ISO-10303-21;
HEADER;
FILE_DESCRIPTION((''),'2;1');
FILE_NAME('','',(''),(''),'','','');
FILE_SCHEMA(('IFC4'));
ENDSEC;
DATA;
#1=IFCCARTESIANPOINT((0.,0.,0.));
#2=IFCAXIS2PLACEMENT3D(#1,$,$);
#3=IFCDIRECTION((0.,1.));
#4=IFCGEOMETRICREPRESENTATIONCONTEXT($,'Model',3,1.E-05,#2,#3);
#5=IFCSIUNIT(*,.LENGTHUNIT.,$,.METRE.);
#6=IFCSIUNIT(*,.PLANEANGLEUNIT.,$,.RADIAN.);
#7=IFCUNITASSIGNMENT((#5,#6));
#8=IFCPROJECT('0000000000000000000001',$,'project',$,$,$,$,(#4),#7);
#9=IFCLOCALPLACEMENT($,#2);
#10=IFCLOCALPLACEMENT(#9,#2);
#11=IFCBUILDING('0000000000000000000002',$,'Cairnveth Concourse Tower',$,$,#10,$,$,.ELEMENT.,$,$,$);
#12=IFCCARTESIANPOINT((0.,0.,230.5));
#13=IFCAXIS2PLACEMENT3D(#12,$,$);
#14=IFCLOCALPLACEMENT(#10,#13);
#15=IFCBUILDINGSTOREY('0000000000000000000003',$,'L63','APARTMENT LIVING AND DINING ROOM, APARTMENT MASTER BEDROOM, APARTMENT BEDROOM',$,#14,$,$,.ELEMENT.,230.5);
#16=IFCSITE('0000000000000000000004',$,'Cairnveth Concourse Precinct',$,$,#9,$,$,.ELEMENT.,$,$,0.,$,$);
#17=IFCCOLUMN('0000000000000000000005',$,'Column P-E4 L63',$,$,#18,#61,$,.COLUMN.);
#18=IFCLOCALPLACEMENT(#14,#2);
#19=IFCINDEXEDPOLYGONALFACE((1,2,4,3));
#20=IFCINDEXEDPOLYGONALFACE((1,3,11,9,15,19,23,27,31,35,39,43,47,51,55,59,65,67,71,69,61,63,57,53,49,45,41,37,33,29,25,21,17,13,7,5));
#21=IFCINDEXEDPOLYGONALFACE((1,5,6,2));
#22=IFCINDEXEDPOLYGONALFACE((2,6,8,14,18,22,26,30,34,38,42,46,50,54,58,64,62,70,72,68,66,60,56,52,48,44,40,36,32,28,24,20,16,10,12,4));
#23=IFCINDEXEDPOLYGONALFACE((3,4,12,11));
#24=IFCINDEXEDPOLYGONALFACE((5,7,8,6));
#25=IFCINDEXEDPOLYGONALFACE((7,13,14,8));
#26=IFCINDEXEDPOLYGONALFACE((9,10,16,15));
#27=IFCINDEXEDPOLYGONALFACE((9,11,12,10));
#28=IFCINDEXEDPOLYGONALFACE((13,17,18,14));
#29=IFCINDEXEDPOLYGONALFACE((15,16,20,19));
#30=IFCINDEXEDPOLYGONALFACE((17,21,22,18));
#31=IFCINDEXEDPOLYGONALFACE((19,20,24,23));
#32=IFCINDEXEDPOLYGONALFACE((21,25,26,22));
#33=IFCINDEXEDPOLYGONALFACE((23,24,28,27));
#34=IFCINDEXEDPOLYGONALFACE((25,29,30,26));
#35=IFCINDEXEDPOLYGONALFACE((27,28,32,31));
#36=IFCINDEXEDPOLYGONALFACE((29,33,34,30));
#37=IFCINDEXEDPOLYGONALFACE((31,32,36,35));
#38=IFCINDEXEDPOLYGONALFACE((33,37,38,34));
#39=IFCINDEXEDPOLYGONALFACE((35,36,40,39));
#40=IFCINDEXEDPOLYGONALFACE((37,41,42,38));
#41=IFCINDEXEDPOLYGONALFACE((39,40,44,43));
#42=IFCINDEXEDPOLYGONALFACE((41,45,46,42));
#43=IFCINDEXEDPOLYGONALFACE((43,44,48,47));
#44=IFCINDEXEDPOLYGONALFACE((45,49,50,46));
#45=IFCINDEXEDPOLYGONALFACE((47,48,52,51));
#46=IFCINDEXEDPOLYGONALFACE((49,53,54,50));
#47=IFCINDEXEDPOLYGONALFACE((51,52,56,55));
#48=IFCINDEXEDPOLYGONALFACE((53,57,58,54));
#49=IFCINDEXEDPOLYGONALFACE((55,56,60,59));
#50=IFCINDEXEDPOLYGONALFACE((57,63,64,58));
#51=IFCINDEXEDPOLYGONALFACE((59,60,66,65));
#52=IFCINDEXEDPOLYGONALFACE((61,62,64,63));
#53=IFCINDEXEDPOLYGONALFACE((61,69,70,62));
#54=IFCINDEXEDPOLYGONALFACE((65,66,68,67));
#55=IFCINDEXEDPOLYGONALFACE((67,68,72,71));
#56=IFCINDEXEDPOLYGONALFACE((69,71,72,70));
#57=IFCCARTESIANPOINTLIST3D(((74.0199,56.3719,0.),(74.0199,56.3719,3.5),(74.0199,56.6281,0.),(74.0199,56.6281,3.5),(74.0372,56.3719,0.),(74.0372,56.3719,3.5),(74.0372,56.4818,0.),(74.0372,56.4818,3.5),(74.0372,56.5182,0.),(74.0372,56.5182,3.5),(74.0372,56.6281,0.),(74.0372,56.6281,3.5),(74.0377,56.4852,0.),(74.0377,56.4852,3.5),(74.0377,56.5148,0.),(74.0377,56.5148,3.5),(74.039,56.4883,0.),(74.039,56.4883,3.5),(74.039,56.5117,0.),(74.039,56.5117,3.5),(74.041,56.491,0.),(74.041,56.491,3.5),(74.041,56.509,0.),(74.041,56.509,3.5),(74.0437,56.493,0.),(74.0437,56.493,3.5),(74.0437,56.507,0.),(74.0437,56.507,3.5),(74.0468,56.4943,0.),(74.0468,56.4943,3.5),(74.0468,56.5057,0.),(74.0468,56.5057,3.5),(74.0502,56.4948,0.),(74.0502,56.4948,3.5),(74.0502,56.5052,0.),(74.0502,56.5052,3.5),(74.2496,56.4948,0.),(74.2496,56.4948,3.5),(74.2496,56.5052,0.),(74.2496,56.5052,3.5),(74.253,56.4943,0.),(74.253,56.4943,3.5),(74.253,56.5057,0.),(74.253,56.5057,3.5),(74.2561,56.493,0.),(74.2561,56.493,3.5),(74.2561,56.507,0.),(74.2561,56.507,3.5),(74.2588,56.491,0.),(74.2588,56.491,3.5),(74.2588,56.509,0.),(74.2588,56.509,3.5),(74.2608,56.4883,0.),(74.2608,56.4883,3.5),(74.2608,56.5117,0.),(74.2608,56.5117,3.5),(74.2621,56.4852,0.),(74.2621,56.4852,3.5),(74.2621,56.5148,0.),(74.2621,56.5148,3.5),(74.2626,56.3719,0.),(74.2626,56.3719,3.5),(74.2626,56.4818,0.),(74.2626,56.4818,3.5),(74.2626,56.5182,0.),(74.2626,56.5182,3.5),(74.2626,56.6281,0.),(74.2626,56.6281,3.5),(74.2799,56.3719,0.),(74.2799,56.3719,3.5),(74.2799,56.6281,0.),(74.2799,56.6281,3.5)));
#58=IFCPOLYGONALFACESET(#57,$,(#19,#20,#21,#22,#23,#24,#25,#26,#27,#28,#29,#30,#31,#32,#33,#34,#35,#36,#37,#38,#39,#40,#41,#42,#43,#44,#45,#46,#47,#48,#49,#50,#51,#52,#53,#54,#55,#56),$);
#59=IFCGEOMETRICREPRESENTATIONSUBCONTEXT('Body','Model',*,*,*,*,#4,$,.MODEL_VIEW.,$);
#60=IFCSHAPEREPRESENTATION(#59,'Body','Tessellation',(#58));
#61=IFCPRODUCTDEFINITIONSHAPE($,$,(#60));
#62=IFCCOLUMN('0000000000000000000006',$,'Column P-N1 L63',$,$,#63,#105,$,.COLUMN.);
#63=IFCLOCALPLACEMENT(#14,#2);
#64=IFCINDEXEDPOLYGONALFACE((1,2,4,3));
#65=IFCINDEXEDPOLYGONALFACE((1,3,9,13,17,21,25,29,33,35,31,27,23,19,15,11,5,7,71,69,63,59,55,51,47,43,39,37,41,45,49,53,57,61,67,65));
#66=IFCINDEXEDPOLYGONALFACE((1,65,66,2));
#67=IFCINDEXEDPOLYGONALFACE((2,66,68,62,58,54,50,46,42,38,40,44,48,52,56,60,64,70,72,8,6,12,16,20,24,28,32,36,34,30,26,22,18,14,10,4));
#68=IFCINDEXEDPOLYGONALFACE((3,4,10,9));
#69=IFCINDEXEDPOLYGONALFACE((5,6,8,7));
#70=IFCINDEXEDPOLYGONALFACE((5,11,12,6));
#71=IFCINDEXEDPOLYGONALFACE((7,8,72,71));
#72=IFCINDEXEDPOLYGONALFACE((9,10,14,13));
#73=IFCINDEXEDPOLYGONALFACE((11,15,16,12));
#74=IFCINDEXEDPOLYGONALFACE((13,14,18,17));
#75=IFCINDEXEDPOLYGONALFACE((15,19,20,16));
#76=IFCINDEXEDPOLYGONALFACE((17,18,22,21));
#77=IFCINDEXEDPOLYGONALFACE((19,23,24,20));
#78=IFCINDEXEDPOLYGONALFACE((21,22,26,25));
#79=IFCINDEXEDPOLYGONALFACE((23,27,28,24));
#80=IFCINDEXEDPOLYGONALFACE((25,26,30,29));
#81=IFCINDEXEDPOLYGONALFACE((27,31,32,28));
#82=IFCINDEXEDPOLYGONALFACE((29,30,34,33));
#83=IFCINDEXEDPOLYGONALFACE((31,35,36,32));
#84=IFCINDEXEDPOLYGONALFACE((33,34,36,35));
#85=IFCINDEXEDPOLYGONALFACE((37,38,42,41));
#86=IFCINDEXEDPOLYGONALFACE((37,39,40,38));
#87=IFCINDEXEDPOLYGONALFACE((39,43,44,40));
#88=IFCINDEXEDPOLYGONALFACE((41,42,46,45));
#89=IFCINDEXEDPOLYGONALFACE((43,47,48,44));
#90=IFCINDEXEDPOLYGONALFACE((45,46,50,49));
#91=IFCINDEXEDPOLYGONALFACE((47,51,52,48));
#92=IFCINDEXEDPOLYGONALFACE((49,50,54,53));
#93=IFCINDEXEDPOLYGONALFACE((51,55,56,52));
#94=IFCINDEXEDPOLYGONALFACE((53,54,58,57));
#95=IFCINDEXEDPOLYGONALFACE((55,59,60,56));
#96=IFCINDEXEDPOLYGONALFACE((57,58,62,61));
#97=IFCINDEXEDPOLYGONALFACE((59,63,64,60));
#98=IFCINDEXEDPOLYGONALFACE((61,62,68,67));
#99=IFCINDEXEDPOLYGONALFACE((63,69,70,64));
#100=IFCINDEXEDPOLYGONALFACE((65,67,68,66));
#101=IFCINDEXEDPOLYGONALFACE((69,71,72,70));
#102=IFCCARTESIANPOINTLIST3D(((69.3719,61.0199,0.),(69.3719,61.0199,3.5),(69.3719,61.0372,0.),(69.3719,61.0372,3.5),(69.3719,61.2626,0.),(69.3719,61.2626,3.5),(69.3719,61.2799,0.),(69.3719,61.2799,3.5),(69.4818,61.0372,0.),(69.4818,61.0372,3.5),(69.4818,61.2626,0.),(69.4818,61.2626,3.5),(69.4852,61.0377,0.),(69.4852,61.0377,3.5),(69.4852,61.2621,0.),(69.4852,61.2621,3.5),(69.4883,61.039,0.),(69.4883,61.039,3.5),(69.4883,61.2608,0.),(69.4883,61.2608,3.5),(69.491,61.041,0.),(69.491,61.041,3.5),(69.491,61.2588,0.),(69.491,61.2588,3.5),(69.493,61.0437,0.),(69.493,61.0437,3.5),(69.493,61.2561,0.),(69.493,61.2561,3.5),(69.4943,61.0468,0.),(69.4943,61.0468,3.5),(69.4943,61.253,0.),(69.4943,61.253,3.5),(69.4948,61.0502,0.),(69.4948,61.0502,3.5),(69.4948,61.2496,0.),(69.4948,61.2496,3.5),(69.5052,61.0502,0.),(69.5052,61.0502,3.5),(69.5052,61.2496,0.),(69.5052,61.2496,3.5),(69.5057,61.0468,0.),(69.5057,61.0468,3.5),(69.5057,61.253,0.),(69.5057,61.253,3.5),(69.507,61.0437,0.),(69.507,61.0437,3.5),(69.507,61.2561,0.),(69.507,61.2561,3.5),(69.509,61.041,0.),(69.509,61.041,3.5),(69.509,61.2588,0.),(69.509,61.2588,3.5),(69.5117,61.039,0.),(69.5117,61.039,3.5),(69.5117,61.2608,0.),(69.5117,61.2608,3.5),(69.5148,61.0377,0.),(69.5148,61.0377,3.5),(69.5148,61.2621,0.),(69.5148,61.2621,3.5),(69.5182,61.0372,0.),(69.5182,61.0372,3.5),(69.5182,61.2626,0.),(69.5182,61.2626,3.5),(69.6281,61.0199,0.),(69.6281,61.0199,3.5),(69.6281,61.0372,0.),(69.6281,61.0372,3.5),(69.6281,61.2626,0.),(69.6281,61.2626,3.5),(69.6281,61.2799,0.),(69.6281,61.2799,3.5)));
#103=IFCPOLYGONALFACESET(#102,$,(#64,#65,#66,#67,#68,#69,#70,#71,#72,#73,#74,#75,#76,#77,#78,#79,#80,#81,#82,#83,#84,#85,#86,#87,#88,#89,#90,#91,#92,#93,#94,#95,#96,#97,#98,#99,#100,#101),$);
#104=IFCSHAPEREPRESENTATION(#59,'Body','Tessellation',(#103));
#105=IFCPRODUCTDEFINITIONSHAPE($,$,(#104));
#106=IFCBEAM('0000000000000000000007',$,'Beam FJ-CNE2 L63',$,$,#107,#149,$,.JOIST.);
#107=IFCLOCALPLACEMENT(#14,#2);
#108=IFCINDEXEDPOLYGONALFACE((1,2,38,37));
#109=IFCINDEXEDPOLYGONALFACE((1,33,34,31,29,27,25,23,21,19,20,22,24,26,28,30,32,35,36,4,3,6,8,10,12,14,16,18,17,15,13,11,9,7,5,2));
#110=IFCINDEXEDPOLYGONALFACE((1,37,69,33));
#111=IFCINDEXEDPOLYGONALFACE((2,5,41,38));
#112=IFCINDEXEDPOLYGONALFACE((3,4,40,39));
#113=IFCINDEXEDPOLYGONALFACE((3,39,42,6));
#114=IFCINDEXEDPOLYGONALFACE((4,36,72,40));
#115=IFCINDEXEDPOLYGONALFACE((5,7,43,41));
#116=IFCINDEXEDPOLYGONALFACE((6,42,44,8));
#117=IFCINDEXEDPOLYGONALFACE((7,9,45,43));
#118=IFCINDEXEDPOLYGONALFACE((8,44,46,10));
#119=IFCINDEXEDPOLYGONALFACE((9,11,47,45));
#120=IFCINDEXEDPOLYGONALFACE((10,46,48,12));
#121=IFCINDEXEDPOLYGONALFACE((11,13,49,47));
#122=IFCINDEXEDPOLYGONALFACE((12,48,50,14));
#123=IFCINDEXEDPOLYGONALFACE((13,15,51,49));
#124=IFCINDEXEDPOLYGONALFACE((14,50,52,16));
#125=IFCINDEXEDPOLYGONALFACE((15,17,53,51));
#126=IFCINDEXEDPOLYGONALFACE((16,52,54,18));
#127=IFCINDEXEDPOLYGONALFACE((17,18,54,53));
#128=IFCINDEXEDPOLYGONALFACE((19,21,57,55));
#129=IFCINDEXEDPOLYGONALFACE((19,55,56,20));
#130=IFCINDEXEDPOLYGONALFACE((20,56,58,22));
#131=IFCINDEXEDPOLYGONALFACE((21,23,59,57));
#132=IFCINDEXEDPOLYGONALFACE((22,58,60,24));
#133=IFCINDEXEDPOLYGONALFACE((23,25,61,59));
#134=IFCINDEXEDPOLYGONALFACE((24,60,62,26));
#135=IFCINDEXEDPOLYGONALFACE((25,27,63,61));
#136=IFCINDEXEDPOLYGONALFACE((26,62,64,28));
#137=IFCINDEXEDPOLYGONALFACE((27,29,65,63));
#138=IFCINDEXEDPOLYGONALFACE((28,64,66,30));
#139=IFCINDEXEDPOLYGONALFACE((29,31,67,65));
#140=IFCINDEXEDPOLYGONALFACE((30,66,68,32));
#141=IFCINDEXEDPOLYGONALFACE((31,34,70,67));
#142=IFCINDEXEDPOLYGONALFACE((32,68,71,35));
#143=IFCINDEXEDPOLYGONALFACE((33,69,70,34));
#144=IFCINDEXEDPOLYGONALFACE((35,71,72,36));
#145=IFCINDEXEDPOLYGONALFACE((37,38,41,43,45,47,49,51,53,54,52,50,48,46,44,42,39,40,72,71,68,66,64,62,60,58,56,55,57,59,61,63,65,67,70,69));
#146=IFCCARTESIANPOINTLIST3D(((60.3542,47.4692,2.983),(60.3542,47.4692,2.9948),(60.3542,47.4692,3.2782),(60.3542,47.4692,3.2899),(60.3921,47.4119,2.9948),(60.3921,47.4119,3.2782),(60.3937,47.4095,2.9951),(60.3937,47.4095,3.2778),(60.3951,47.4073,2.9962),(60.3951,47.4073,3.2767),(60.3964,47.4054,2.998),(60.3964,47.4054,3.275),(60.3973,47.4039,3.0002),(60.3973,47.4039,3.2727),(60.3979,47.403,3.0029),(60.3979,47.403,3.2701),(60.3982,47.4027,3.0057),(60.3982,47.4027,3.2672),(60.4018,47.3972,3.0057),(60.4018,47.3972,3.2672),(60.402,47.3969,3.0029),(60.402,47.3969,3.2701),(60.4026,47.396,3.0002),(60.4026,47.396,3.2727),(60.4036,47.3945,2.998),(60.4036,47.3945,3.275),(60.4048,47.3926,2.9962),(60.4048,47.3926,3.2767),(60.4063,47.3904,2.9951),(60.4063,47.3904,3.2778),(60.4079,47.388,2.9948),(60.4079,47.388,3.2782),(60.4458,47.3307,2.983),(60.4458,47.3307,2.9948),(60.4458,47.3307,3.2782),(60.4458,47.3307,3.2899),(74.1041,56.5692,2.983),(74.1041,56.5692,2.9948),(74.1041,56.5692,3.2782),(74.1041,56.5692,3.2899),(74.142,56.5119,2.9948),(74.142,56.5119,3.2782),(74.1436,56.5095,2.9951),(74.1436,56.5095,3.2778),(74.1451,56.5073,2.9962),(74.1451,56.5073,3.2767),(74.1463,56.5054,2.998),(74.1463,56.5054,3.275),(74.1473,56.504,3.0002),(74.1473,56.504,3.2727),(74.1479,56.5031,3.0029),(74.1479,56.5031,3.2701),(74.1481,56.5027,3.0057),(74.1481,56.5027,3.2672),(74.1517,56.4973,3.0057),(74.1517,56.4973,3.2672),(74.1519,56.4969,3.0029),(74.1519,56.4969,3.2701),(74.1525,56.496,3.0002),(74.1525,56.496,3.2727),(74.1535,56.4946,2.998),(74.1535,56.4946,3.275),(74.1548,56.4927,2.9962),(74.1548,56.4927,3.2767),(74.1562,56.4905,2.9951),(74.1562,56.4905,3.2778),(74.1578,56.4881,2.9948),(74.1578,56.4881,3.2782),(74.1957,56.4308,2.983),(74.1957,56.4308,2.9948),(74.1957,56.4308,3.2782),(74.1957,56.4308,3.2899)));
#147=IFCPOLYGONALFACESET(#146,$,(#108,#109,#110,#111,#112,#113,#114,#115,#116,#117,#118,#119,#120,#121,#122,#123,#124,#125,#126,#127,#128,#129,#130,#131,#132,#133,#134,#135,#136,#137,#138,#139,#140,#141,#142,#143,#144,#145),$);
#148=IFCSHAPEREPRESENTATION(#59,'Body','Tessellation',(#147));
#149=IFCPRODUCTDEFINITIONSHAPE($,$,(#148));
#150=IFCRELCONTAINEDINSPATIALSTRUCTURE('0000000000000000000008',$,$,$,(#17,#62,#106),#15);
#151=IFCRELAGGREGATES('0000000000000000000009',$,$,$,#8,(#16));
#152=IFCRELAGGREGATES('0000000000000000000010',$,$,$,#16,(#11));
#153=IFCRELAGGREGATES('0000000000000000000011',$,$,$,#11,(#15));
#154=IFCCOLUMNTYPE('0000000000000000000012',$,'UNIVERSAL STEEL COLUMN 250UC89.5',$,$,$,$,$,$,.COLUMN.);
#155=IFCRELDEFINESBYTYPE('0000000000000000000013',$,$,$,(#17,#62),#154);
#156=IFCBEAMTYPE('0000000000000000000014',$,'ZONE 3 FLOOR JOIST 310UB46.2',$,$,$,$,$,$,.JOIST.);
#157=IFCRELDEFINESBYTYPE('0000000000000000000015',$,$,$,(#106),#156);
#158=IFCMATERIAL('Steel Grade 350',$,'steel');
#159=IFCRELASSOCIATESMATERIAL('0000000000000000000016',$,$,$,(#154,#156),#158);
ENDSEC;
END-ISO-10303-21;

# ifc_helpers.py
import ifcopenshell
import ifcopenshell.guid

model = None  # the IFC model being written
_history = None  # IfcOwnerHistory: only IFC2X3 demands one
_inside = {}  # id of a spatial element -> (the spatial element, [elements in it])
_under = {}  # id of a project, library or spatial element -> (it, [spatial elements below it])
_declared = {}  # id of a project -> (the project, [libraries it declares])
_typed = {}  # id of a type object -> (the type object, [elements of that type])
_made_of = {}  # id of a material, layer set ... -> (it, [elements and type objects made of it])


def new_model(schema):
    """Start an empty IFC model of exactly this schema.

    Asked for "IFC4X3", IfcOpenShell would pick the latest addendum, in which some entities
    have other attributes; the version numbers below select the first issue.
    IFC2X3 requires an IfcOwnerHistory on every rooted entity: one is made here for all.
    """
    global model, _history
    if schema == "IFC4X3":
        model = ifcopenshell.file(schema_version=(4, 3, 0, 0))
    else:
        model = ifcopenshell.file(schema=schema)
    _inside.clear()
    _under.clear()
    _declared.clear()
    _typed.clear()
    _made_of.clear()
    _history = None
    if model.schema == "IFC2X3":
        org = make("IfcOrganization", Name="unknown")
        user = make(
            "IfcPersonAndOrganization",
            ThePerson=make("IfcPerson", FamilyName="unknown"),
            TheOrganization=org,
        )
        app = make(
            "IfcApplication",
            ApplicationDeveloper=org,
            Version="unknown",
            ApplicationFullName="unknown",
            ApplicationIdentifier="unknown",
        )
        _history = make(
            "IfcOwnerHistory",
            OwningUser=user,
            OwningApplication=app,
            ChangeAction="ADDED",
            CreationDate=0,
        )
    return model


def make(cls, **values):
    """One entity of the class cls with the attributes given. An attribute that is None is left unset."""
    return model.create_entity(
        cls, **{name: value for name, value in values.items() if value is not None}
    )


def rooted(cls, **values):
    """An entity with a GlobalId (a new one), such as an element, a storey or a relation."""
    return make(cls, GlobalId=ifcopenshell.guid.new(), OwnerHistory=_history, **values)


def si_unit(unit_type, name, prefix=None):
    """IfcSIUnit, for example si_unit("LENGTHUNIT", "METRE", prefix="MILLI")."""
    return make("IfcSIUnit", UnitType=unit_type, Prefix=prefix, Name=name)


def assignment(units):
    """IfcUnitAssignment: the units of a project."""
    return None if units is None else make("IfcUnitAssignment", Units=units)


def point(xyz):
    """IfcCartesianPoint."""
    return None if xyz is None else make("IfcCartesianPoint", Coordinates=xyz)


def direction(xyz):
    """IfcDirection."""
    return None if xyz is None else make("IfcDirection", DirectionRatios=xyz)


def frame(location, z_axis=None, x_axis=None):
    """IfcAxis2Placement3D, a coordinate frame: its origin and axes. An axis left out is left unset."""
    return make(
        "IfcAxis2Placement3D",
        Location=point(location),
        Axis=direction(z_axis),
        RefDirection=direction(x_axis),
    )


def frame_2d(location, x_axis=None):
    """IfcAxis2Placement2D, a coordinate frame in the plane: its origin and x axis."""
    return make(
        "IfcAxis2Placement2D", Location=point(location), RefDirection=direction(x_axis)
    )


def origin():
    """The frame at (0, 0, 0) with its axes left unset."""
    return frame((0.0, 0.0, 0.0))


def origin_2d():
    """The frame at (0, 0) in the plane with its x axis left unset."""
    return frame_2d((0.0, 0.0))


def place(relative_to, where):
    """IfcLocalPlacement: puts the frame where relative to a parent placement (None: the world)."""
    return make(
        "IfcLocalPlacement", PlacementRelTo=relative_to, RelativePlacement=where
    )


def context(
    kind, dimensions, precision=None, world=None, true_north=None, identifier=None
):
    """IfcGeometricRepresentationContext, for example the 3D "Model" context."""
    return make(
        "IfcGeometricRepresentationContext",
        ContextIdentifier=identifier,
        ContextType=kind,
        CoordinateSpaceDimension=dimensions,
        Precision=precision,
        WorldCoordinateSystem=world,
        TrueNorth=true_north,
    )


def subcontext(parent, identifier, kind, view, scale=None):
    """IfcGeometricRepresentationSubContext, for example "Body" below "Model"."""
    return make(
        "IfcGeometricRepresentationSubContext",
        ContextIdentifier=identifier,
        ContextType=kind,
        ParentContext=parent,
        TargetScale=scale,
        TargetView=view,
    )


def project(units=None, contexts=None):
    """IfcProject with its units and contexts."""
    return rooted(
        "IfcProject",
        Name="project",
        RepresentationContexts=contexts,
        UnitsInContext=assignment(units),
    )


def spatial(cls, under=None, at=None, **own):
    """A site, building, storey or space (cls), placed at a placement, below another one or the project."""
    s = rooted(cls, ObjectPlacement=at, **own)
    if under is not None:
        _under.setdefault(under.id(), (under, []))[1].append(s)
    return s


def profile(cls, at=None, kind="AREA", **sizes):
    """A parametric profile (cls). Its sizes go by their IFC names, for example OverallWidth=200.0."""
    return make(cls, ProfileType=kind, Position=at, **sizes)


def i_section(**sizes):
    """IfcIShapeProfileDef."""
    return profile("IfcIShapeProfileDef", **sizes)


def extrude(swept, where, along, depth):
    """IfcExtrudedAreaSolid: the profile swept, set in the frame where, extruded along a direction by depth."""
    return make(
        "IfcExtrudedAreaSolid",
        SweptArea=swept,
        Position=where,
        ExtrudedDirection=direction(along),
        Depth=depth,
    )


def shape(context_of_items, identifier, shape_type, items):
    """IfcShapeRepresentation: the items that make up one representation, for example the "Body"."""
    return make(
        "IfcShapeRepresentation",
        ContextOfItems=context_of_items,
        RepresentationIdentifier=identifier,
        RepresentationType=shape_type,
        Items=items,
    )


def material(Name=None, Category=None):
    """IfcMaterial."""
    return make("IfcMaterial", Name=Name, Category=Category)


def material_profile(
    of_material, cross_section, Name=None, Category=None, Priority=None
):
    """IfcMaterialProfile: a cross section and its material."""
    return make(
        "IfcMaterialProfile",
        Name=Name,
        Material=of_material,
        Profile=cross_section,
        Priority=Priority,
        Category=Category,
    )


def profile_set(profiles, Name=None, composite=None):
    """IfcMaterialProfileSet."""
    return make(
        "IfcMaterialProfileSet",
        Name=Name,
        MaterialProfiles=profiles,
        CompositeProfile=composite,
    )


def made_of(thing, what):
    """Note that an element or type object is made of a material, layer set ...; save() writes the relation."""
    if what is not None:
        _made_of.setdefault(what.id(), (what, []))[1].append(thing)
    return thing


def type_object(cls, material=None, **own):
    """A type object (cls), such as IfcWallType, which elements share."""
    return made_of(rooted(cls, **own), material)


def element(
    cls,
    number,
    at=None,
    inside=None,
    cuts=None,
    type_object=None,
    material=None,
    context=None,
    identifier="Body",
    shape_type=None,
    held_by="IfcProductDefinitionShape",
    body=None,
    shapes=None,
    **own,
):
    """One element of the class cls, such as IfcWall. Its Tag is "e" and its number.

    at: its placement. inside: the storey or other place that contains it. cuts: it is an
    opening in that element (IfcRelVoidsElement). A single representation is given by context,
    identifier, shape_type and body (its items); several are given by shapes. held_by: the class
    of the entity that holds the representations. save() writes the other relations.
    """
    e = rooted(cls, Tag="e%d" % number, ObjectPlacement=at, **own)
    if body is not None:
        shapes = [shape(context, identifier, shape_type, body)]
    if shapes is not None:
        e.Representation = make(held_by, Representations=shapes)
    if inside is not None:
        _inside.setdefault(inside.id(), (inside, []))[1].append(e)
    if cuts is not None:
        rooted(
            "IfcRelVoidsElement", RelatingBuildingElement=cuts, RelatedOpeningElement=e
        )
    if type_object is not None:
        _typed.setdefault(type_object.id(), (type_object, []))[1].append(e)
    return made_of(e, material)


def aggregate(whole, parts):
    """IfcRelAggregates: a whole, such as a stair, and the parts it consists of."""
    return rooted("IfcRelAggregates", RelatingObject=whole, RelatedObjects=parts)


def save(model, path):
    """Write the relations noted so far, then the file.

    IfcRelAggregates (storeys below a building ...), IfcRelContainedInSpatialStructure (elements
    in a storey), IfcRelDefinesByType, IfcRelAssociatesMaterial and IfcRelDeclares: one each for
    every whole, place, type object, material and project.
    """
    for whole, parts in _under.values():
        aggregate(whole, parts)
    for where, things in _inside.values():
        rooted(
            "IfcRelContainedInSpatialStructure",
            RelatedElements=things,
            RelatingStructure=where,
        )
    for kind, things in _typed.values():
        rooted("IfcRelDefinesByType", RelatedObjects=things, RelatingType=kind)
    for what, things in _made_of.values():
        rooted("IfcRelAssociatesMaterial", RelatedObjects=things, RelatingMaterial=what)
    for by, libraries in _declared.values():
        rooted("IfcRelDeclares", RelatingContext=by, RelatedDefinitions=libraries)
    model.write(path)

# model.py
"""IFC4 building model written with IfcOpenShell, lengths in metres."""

from ifc_helpers import new_model, si_unit, direction, frame, origin, origin_2d, place, context, subcontext, project, spatial, i_section, extrude, material, material_profile, profile_set, type_object, element, save


model = new_model("IFC4")

# Units and contexts
model_context = context("Model", 3, precision=1e-05, world=origin(), true_north=direction((0.0, 1.0)))
body_context = subcontext(model_context, "Body", "Model", "MODEL_VIEW")
ifc_project = project(units=[si_unit("LENGTHUNIT", "METRE"), si_unit("PLANEANGLEUNIT", "RADIAN")], contexts=[model_context])

# Site, building, storey
site_placement = place(None, origin())
site = spatial("IfcSite", under=ifc_project, at=site_placement, Name="Cairnveth Concourse Precinct", CompositionType="ELEMENT", RefElevation=0.0)
building_placement = place(site_placement, origin())
building = spatial("IfcBuilding", under=site, at=building_placement, Name="Cairnveth Concourse Tower", CompositionType="ELEMENT")
storey_placement = place(building_placement, frame((0.0, 0.0, 230.5)))
storey = spatial("IfcBuildingStorey", under=building, at=storey_placement, Name="L63", Description="APARTMENT LIVING AND DINING ROOM, APARTMENT MASTER BEDROOM, APARTMENT BEDROOM", CompositionType="ELEMENT", Elevation=230.5)

# Columns
ifc_material_1 = material(Name="Steel Grade 350", Category="steel")
ifc_material_profile_1 = material_profile(ifc_material_1, i_section(OverallWidth=0.2561, OverallDepth=0.26, WebThickness=0.0105, FlangeThickness=0.0173, FilletRadius=0.0129, at=origin_2d()), Name="250UC89.5")
ifc_profile_set_1 = profile_set([ifc_material_profile_1], Name="Steel Grade 350")
column_type = type_object("IfcColumnType", Name="UNIVERSAL STEEL COLUMN 250UC89.5", PredefinedType="COLUMN", material=ifc_profile_set_1)
for number, where, z_axis, x_axis, name in (
    (1, (74.1499, 56.5, 0.0), (0.0, 0.0, 1.0), (0.0, 1.0, 0.0), "Column P-E4 L63"),
    (2, (69.5, 61.1499, 0.0), (0.0, 0.0, 1.0), (1.0, 0.0, 0.0), "Column P-N1 L63"),
):
    element("IfcColumn", number, at=place(storey_placement, frame(where, z_axis=z_axis, x_axis=x_axis)), inside=storey, type_object=column_type, Name=name, PredefinedType="COLUMN", context=body_context, shape_type="SweptSolid", body=[
        extrude(i_section(OverallWidth=0.2561, OverallDepth=0.26, WebThickness=0.0105, FlangeThickness=0.0173, FilletRadius=0.0129, at=origin_2d()), origin(), (0.0, 0.0, 1.0), 3.5),
    ])

# Beam
ifc_material_profile_2 = material_profile(ifc_material_1, i_section(OverallWidth=0.166, OverallDepth=0.3069, WebThickness=0.0066, FlangeThickness=0.0117, FilletRadius=0.011, at=origin_2d()), Name="310UB46.2")
ifc_profile_set_2 = profile_set([ifc_material_profile_2], Name="Steel Grade 350")
beam_type_1 = type_object("IfcBeamType", Name="ZONE 3 FLOOR JOIST 310UB46.2", PredefinedType="JOIST", material=ifc_profile_set_2)
beam_1_placement = place(storey_placement, frame((74.1499, 56.5, 3.1365), z_axis=(-0.833909, -0.551902, 0.0), x_axis=(0.551902, -0.833909, 0.0)))
element("IfcBeam", 3, at=beam_1_placement, inside=storey, type_object=beam_type_1, Name="Beam FJ-CNE2 L63", PredefinedType="JOIST", context=body_context, shape_type="SweptSolid", body=[
    extrude(i_section(OverallWidth=0.166, OverallDepth=0.3069, WebThickness=0.0066, FlangeThickness=0.0117, FilletRadius=0.011, at=origin_2d()), origin(), (0.0, 0.0, 1.0), 16.4885),
])

save(model, "model.ifc")
